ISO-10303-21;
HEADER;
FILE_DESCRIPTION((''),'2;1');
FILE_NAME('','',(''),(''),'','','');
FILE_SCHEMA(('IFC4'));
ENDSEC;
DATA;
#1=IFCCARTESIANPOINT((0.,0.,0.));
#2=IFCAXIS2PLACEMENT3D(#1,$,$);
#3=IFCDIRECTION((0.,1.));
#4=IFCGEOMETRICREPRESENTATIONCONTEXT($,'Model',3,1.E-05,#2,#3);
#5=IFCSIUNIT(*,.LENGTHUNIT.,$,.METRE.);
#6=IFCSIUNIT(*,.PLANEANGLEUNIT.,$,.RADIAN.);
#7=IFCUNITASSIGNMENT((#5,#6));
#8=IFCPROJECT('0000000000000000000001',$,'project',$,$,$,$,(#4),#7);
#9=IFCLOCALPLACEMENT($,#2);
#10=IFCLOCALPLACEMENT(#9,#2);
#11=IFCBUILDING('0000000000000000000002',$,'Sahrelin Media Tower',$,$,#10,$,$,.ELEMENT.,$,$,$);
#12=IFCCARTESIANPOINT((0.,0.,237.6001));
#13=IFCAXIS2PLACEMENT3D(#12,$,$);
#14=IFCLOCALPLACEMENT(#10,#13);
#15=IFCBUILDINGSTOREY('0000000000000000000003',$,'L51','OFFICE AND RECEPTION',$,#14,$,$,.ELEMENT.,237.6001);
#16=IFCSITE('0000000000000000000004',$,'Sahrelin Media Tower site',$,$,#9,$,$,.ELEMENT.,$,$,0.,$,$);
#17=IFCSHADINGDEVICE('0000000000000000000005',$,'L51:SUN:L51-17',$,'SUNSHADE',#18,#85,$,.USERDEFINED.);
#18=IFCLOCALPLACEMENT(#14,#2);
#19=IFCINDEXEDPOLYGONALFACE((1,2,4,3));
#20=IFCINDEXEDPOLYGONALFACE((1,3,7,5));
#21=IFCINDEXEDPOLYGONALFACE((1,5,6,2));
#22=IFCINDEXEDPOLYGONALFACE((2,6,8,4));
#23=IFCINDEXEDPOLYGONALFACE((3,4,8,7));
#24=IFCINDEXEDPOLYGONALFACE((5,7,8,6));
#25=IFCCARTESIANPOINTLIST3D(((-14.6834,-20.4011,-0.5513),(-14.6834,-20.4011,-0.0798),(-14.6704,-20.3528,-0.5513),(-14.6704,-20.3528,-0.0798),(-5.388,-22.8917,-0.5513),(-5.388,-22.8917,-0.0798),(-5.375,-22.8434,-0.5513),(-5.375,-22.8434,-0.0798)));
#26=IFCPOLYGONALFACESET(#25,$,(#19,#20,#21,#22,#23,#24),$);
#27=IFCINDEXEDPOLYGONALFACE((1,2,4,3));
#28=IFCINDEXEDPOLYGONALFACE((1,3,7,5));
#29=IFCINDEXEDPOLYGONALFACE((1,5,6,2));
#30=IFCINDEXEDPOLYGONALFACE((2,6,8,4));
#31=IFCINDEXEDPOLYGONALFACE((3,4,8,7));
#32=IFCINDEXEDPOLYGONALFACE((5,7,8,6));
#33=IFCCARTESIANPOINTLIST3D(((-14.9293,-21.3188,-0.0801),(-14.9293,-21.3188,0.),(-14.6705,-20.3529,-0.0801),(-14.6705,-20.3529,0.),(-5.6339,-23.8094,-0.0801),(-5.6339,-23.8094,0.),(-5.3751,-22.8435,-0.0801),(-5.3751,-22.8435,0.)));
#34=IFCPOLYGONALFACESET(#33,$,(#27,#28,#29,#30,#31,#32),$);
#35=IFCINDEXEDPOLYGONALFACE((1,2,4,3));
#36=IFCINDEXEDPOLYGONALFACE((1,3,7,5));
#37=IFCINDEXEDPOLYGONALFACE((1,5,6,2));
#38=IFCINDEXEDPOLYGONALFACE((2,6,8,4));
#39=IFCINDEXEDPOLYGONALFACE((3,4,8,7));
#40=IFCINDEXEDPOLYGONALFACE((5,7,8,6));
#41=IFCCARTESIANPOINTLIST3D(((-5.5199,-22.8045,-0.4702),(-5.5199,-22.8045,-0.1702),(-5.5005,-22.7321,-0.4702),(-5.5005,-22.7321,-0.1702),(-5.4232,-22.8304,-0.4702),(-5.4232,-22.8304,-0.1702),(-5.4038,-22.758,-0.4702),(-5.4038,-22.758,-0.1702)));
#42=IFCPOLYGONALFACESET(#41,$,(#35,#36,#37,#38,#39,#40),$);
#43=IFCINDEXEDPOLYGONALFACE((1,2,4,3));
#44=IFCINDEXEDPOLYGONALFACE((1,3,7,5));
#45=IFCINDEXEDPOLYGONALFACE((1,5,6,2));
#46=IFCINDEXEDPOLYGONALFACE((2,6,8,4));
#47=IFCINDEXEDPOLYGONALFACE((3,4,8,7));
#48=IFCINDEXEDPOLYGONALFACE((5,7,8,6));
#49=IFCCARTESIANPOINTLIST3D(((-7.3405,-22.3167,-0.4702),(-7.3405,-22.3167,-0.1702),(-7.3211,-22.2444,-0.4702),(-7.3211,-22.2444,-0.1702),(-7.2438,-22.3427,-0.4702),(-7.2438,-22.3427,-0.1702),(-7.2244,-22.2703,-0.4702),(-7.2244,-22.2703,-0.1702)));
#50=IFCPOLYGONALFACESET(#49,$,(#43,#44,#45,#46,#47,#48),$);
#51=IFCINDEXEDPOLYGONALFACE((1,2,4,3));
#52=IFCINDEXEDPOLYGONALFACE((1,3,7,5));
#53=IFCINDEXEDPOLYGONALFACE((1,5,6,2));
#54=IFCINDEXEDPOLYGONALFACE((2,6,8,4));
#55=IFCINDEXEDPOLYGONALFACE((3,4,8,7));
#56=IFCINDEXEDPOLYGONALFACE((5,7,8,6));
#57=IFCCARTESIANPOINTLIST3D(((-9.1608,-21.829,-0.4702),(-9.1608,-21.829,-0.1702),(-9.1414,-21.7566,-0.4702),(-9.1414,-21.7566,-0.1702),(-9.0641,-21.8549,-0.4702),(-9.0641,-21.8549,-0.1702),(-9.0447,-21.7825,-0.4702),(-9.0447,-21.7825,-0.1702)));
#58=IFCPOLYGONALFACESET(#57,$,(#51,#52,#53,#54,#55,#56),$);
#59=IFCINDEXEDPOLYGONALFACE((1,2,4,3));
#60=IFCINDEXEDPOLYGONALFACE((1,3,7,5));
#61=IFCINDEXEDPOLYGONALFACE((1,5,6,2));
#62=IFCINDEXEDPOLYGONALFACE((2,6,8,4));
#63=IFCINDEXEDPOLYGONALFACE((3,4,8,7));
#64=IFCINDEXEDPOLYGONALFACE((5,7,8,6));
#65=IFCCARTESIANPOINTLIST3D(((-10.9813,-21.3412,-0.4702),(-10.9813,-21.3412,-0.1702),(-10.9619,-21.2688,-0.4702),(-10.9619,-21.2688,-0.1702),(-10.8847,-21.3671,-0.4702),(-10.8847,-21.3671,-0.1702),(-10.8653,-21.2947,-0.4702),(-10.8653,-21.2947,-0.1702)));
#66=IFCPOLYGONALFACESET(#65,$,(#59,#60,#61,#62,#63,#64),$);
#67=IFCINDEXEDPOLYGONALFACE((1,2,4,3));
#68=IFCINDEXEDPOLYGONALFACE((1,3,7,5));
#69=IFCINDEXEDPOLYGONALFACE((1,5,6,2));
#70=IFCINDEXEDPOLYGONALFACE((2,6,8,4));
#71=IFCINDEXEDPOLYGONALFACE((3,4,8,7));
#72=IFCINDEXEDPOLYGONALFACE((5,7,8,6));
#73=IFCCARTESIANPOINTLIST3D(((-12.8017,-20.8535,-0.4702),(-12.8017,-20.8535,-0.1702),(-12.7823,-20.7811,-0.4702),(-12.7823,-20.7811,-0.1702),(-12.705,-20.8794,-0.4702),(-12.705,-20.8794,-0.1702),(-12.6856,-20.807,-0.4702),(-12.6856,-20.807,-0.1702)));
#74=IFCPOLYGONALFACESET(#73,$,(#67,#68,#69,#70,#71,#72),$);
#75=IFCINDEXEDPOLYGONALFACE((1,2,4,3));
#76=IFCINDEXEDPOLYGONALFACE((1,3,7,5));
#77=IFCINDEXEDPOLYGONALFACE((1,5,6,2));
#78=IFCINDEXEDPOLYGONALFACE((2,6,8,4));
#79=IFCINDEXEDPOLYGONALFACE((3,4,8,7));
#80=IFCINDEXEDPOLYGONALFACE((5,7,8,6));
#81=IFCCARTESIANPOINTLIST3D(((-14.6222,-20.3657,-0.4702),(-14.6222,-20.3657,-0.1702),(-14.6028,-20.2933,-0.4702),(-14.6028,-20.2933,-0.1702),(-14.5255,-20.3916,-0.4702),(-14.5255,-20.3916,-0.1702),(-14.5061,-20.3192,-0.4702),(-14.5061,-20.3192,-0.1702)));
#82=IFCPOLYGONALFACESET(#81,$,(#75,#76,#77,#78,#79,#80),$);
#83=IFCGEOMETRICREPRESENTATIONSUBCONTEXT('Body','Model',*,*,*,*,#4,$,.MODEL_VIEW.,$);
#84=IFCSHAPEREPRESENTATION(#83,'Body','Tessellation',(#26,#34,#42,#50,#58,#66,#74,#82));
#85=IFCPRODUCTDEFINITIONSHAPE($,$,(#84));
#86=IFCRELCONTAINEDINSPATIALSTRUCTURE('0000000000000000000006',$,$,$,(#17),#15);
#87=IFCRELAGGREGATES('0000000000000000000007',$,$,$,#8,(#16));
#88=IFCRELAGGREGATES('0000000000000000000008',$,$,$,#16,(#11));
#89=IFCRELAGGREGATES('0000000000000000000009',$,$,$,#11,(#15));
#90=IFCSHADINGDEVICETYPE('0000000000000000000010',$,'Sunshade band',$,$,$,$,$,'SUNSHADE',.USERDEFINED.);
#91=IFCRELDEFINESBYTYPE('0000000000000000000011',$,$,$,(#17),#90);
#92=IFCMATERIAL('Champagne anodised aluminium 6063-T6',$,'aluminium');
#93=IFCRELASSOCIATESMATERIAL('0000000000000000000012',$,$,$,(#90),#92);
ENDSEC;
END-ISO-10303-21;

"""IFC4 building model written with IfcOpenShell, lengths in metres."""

from ifc_helpers import new_model, si_unit, direction, frame, origin, origin_2d, place, context, subcontext, project, spatial, rectangle, extrude, material, type_object, element, save


model = new_model("IFC4")

# Units and contexts
model_context = context("Model", 3, precision=1e-05, world=origin(), true_north=direction((0.0, 1.0)))
body_context = subcontext(model_context, "Body", "Model", "MODEL_VIEW")
ifc_project = project(units=[si_unit("LENGTHUNIT", "METRE"), si_unit("PLANEANGLEUNIT", "RADIAN")], contexts=[model_context])

# Site, building, storey
site_placement = place(None, origin())
site = spatial("IfcSite", under=ifc_project, at=site_placement, Name="Sahrelin Media Tower site", CompositionType="ELEMENT", RefElevation=0.0)
building_placement = place(site_placement, origin())
building = spatial("IfcBuilding", under=site, at=building_placement, Name="Sahrelin Media Tower", CompositionType="ELEMENT")
storey_placement = place(building_placement, frame((0.0, 0.0, 237.6001)))
storey = spatial("IfcBuildingStorey", under=building, at=storey_placement, Name="L51", Description="OFFICE AND RECEPTION", CompositionType="ELEMENT", Elevation=237.6001)

# Shared definitions
ifc_material_1 = material(Name="Champagne anodised aluminium 6063-T6", Category="aluminium")

# Shading device
placement = place(storey_placement, frame((-10.0176, -21.5789, 0.0), z_axis=(0.0, 0.0, 1.0), x_axis=(-0.965929, 0.258808, 0.0)))
shading_device_type_1 = type_object("IfcShadingDeviceType", Name="Sunshade band", ElementType="SUNSHADE", PredefinedType="USERDEFINED", material=ifc_material_1)
element("IfcShadingDevice", 1, at=placement, inside=storey, type_object=shading_device_type_1, Name="L51:SUN:L51-17", ObjectType="SUNSHADE", PredefinedType="USERDEFINED", context=body_context, shape_type="SweptSolid", body=[
    extrude(rectangle(XDim=9.6233, YDim=0.05, at=origin_2d()), frame((0.0, 0.0449, -0.5513)), (0.0, 0.0, 1.0), 0.4714),
    extrude(rectangle(XDim=9.6233, YDim=1.0, at=origin_2d()), frame((0.0, 0.52, -0.0801)), (0.0, 0.0, 1.0), 0.0801),
    extrude(rectangle(XDim=0.1001, YDim=0.075, at=origin_2d()), frame((-4.7117, -0.0176, -0.4702)), (0.0, 0.0, 1.0), 0.3),
    extrude(rectangle(XDim=0.1001, YDim=0.075, at=origin_2d()), frame((-2.8269, -0.0176, -0.4702)), (0.0, 0.0, 1.0), 0.3),
    extrude(rectangle(XDim=0.1001, YDim=0.075, at=origin_2d()), frame((-0.9424, -0.0176, -0.4702)), (0.0, 0.0, 1.0), 0.3),
    extrude(rectangle(XDim=0.1001, YDim=0.075, at=origin_2d()), frame((0.9424, -0.0176, -0.4702)), (0.0, 0.0, 1.0), 0.3),
    extrude(rectangle(XDim=0.1001, YDim=0.075, at=origin_2d()), frame((2.8269, -0.0176, -0.4702)), (0.0, 0.0, 1.0), 0.3),
    extrude(rectangle(XDim=0.1001, YDim=0.075, at=origin_2d()), frame((4.7117, -0.0176, -0.4702)), (0.0, 0.0, 1.0), 0.3),
])

save(model, "model.ifc")
